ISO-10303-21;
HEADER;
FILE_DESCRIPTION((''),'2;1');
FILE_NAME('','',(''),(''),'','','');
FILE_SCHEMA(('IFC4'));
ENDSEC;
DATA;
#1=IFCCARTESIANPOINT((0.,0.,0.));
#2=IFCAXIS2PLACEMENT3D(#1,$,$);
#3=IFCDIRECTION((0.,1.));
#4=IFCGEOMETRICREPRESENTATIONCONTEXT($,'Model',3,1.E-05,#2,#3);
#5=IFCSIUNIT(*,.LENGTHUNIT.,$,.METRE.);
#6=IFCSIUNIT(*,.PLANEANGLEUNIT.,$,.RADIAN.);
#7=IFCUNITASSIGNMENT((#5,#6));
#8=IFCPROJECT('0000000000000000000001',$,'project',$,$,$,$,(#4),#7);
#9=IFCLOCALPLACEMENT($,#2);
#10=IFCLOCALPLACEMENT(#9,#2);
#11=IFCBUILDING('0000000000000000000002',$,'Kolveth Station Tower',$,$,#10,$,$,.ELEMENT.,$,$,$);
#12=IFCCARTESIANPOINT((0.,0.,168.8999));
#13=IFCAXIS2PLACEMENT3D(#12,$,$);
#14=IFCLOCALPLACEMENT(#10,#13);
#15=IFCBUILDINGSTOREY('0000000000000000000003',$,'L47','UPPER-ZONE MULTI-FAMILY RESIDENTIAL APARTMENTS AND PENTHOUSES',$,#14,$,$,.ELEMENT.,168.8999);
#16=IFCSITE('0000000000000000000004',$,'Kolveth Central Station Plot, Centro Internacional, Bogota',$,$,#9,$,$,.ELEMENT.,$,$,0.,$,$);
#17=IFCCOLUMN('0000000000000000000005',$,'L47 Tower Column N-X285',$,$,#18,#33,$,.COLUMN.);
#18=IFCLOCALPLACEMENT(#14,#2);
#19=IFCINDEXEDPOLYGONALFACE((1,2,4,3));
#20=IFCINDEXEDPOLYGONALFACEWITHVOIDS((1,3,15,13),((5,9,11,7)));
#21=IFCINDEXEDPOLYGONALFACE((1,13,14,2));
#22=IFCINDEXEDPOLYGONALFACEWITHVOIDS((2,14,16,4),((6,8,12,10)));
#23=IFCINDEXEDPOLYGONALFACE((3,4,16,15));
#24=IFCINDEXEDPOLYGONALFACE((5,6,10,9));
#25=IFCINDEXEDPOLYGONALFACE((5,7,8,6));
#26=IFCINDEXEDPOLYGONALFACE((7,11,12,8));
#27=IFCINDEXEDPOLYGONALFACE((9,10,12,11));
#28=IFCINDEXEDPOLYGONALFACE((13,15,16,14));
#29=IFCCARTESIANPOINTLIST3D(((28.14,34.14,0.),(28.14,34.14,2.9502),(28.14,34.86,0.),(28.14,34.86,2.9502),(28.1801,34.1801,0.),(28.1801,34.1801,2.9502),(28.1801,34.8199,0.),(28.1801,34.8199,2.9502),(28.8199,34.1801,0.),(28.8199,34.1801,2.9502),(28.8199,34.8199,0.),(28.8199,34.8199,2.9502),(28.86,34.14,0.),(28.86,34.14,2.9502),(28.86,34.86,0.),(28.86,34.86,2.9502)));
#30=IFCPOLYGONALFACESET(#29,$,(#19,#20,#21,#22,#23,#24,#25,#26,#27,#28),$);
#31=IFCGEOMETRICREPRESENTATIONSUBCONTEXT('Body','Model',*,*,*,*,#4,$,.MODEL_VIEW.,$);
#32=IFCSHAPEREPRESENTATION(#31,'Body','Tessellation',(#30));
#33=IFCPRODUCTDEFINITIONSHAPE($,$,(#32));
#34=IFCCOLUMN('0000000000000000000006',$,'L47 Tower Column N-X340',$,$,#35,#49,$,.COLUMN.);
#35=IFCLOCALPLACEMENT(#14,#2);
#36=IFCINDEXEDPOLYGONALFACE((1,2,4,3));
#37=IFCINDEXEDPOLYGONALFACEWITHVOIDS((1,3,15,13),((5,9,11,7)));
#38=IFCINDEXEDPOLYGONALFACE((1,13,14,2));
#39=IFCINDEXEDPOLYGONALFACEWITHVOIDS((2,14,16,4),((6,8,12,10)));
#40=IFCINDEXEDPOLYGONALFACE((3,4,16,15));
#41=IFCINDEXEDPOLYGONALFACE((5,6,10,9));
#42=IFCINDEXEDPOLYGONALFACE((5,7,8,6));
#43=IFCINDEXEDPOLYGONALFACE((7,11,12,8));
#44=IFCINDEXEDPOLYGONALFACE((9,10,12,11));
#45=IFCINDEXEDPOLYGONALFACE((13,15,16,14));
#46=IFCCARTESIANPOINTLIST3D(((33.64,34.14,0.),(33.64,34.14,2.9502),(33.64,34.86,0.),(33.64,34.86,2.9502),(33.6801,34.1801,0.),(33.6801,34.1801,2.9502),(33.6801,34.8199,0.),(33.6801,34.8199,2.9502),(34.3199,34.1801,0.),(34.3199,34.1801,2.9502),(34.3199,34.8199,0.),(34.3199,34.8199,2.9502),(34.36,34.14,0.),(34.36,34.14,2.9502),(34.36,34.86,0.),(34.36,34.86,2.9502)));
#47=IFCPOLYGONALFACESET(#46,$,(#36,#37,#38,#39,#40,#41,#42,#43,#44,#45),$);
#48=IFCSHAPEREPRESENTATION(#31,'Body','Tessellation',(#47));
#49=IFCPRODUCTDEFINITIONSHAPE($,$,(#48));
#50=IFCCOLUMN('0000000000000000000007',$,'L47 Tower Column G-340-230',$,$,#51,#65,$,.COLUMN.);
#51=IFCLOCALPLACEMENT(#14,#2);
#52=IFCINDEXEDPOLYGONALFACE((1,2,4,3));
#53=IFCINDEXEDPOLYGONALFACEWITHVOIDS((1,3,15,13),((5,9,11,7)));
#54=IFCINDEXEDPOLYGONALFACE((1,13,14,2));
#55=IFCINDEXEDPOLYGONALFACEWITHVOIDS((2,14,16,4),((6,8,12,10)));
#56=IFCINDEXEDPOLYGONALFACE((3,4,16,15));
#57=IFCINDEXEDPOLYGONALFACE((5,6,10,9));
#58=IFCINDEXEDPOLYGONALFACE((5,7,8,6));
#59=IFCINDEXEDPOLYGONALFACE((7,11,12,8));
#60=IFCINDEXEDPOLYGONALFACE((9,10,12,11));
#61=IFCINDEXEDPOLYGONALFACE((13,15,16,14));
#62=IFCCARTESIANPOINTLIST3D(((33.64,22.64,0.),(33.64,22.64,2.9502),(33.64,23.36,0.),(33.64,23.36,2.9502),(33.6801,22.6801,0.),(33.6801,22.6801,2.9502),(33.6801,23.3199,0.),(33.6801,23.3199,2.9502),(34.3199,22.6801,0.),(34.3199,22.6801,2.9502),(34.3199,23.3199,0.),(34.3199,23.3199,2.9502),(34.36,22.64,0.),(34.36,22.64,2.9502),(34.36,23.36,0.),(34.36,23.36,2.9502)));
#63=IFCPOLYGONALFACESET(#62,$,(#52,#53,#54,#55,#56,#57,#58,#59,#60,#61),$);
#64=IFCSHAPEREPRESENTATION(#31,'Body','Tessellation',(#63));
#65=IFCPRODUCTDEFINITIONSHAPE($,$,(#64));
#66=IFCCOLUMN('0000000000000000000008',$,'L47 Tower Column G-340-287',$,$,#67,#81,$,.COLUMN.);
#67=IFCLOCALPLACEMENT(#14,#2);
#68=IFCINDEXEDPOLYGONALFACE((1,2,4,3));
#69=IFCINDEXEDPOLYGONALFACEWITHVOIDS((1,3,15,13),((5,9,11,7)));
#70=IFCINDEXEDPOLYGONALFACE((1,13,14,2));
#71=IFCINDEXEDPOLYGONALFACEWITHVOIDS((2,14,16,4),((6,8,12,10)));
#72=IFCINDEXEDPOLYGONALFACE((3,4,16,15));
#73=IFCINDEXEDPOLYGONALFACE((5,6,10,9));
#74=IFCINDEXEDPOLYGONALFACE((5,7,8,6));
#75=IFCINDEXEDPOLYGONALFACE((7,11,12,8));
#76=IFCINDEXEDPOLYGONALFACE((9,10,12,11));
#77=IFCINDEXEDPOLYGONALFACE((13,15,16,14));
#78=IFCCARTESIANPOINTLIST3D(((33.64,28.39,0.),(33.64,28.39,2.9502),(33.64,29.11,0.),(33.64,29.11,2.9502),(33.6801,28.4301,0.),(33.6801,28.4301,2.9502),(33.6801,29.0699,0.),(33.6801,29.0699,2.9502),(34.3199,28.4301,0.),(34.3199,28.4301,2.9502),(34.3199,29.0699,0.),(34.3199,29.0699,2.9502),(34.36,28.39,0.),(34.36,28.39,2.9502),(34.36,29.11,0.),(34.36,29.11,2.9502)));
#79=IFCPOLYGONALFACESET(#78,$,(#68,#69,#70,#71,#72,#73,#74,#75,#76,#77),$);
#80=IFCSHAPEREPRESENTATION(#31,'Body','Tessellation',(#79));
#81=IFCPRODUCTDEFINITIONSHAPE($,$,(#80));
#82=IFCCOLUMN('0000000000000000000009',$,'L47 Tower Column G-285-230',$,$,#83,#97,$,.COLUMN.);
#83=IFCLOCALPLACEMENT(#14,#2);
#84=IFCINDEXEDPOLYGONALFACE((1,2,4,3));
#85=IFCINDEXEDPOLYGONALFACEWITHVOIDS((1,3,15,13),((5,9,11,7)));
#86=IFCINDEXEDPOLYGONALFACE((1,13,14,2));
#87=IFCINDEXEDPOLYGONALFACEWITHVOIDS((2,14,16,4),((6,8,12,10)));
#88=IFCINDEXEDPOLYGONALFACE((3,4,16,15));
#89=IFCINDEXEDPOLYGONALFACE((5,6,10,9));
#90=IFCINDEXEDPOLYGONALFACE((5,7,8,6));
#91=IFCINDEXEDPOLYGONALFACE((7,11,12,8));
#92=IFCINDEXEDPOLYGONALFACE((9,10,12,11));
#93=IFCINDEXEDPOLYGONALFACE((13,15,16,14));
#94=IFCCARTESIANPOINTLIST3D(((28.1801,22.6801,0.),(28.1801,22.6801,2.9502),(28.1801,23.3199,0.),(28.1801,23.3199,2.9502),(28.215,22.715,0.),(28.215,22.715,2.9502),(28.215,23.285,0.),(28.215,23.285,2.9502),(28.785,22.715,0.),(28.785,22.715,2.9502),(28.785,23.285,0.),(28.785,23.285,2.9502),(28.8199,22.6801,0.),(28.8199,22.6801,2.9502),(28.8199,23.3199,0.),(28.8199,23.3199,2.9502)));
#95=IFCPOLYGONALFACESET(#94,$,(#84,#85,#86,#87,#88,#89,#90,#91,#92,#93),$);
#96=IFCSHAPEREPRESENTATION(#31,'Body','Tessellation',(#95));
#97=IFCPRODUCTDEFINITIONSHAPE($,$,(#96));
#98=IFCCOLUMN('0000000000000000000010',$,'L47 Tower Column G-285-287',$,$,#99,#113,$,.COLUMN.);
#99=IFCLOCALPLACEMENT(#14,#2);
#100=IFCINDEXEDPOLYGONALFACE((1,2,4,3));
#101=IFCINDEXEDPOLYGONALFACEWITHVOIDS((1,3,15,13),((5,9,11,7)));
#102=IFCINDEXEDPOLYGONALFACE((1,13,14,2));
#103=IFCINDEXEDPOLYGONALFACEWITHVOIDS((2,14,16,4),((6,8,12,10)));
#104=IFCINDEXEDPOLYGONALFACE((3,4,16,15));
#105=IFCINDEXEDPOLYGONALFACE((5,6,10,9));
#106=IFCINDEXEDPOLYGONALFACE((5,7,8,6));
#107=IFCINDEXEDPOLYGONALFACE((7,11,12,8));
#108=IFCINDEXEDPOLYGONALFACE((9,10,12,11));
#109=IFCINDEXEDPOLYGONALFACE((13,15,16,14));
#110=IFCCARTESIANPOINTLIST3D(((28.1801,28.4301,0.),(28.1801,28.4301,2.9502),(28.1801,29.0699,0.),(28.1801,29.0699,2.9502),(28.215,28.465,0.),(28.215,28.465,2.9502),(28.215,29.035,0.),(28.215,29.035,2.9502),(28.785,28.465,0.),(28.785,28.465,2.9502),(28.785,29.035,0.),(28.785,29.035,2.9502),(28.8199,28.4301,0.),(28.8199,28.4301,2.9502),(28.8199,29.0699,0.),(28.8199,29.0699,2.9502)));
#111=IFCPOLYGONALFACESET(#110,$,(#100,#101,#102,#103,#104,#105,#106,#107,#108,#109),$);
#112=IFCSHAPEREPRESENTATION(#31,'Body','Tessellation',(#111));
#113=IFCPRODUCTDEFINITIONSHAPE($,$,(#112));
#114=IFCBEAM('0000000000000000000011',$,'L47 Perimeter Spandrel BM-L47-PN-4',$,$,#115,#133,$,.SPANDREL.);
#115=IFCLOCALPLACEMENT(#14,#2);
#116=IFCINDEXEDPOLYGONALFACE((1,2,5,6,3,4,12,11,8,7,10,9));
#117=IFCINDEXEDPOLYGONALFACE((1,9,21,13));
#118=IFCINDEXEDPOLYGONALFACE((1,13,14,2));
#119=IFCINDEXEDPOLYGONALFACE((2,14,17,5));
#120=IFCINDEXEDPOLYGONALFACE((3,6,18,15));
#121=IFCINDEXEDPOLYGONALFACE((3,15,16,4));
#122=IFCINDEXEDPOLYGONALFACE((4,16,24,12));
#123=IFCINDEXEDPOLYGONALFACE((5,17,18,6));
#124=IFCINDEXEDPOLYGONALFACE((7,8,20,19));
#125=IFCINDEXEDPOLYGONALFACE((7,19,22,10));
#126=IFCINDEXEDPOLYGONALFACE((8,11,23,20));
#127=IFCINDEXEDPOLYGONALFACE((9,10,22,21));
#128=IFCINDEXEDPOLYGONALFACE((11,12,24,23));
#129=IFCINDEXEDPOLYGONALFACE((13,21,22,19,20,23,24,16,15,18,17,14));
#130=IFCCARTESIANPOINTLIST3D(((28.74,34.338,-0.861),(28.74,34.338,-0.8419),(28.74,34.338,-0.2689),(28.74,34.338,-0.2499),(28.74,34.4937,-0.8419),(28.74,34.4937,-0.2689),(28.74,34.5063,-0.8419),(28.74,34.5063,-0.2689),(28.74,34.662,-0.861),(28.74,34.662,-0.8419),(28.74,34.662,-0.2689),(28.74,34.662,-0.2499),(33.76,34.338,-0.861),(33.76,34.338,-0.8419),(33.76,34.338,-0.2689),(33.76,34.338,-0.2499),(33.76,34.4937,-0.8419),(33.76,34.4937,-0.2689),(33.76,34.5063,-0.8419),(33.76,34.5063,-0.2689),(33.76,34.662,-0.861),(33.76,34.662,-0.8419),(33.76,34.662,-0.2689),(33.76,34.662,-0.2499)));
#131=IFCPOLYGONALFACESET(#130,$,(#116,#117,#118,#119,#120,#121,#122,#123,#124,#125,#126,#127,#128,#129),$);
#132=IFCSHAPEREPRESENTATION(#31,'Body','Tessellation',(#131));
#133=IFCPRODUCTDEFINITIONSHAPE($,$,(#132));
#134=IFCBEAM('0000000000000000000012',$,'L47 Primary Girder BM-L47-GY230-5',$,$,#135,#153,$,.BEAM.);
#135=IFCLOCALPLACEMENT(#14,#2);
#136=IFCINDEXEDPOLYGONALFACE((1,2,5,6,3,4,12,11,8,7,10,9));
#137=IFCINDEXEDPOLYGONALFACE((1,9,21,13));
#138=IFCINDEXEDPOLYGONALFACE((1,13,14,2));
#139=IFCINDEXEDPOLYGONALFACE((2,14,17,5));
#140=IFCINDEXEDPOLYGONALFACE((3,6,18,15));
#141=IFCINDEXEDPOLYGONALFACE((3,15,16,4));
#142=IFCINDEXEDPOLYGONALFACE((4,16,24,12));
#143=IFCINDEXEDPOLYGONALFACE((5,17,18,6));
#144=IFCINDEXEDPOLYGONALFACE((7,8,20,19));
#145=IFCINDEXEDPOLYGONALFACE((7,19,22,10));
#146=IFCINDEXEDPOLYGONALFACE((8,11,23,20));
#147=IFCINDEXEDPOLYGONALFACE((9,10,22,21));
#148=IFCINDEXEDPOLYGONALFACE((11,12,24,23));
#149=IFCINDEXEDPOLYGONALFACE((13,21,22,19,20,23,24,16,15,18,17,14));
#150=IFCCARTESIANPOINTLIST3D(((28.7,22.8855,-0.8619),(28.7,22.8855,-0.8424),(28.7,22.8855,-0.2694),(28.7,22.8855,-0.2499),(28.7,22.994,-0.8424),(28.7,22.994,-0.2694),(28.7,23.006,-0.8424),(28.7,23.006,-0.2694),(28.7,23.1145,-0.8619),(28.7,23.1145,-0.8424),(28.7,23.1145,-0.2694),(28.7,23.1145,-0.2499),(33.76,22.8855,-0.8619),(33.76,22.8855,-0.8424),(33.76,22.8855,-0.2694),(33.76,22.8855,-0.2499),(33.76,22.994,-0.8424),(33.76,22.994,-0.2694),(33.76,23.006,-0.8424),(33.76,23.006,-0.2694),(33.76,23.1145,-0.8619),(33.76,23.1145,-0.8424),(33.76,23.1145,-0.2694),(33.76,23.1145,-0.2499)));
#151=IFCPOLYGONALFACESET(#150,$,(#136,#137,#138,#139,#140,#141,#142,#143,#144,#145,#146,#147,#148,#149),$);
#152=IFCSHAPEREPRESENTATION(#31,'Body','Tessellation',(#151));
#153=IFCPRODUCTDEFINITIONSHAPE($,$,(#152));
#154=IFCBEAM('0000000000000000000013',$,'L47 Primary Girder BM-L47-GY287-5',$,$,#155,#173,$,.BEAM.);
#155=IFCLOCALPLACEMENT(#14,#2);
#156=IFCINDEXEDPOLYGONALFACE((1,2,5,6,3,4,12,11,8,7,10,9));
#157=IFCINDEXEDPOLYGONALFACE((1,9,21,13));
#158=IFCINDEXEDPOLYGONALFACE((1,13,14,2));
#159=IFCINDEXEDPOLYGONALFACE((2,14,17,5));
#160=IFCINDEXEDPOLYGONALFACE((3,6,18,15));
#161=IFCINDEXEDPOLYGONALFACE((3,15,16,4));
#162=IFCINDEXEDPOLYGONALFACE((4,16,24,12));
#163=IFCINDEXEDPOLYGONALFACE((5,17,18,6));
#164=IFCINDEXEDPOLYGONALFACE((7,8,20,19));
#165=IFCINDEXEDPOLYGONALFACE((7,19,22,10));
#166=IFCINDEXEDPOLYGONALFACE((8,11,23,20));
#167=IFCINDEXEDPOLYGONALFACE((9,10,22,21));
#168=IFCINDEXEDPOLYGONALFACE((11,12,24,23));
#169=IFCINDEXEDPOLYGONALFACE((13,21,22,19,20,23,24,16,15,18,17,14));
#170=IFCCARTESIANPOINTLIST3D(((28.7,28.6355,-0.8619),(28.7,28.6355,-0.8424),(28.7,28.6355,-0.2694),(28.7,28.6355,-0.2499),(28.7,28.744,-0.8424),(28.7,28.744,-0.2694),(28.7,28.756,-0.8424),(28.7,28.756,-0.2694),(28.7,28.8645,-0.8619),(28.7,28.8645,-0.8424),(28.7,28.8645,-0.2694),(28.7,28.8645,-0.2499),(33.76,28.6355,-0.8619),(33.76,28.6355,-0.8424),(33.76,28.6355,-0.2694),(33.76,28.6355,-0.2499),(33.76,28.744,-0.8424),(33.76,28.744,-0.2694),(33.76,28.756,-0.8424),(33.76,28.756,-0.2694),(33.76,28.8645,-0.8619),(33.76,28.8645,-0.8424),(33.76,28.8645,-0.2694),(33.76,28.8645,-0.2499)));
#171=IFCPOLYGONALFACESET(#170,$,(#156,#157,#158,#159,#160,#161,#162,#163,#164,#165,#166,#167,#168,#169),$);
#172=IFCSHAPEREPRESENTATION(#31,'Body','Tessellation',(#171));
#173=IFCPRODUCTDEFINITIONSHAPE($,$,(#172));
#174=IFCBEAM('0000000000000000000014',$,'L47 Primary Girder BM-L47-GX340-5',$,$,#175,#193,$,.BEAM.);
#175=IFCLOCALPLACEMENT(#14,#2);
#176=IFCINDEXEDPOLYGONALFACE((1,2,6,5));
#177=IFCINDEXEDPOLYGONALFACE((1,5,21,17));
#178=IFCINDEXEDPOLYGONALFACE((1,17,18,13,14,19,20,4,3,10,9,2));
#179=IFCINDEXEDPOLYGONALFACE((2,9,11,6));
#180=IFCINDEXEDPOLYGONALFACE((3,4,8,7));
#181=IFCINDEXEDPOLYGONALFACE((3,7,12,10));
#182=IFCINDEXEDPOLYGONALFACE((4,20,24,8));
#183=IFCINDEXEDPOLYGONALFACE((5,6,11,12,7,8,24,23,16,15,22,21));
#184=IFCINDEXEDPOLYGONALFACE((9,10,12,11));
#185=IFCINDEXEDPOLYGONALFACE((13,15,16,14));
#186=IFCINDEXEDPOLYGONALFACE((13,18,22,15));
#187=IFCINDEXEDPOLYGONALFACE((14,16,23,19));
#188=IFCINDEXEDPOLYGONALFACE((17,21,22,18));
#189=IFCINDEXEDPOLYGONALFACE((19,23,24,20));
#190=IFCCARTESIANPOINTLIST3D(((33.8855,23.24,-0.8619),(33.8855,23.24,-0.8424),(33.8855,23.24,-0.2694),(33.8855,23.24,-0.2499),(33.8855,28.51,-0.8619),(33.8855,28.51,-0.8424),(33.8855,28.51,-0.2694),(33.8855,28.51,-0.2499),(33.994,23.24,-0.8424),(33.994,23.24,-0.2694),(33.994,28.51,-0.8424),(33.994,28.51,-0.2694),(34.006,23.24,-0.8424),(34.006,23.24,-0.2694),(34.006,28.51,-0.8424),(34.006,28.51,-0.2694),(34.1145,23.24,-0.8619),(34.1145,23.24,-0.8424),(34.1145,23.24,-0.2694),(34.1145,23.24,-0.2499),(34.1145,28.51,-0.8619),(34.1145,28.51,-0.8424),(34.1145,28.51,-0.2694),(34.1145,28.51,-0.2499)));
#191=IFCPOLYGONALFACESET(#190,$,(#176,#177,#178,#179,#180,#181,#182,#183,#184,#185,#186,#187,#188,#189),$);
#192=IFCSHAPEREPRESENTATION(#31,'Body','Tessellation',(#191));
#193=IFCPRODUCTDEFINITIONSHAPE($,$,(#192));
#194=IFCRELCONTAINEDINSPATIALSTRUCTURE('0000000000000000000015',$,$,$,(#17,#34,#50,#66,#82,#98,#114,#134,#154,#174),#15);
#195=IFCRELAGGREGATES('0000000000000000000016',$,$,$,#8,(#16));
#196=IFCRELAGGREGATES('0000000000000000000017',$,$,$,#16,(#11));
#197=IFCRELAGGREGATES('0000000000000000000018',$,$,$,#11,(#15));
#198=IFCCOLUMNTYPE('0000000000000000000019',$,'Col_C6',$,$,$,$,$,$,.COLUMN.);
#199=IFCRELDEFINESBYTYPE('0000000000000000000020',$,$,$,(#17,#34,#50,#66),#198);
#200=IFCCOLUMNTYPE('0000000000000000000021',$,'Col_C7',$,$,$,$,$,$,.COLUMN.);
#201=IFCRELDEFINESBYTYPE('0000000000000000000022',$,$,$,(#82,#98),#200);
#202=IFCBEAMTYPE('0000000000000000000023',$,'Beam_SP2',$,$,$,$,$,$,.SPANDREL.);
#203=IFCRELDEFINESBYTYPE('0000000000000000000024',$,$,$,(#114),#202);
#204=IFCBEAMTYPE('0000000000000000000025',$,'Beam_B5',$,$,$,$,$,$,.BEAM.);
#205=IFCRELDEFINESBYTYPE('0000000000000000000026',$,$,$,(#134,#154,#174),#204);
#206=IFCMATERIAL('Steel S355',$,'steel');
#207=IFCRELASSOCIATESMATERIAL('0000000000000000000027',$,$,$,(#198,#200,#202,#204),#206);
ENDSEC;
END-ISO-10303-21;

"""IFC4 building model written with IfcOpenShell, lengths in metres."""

from ifc_helpers import new_model, si_unit, direction, frame, origin, origin_2d, place, context, subcontext, project, spatial, hollow_rectangle, i_section, extrude, source, transform, mapped, material, material_profile, profile_set, type_object, element, save


model = new_model("IFC4")

# Units and contexts
model_context = context("Model", 3, precision=1e-05, world=origin(), true_north=direction((0.0, 1.0)))
body_context = subcontext(model_context, "Body", "Model", "MODEL_VIEW")
ifc_project = project(units=[si_unit("LENGTHUNIT", "METRE"), si_unit("PLANEANGLEUNIT", "RADIAN")], contexts=[model_context])

# Site, building, storey
site_placement = place(None, origin())
site = spatial("IfcSite", under=ifc_project, at=site_placement, Name="Kolveth Central Station Plot, Centro Internacional, Bogota", CompositionType="ELEMENT", RefElevation=0.0)
building_placement = place(site_placement, origin())
building = spatial("IfcBuilding", under=site, at=building_placement, Name="Kolveth Station Tower", CompositionType="ELEMENT")
storey_placement = place(building_placement, frame((0.0, 0.0, 168.8999)))
storey = spatial("IfcBuildingStorey", under=building, at=storey_placement, Name="L47", Description="UPPER-ZONE MULTI-FAMILY RESIDENTIAL APARTMENTS AND PENTHOUSES", CompositionType="ELEMENT", Elevation=168.8999)

# Columns
ifc_material_1 = material(Name="Steel S355", Category="steel")
ifc_material_profile_1 = material_profile(ifc_material_1, hollow_rectangle(XDim=0.72, YDim=0.72, WallThickness=0.04, at=origin_2d()), Name="BOX720x720x40")
ifc_profile_set_1 = profile_set([ifc_material_profile_1], Name="Steel S355")
column_type_1 = type_object("IfcColumnType", Name="Col_C6", PredefinedType="COLUMN", material=ifc_profile_set_1)
shared_shape_1 = source(origin(), body_context, "Body", "SweptSolid", [
    extrude(hollow_rectangle(XDim=0.72, YDim=0.72, WallThickness=0.04, at=origin_2d()), origin(), (0.0, 0.0, 1.0), 2.9502),
])
for number, where, z_axis, x_axis, name in (
    (1, (28.5, 34.5, 0.0), (0.0, 0.0, 1.0), (1.0, 0.0, 0.0), "L47 Tower Column N-X285"),
    (2, (34.0, 34.5, 0.0), (0.0, 0.0, 1.0), (1.0, 0.0, 0.0), "L47 Tower Column N-X340"),
    (3, (34.0, 23.0, 0.0), (0.0, 0.0, 1.0), (1.0, 0.0, 0.0), "L47 Tower Column G-340-230"),
    (4, (34.0, 28.75, 0.0), (0.0, 0.0, 1.0), (1.0, 0.0, 0.0), "L47 Tower Column G-340-287"),
):
    element("IfcColumn", number, at=place(storey_placement, frame(where, z_axis=z_axis, x_axis=x_axis)), inside=storey, type_object=column_type_1, Name=name, PredefinedType="COLUMN", context=body_context, shape_type="MappedRepresentation", body=[
        mapped(shared_shape_1, transform((0.0, 0.0, 0.0), x_axis=(1.0, 0.0, 0.0), y_axis=(0.0, 1.0, 0.0), z_axis=(0.0, 0.0, 1.0), scale=1.0)),
    ])
ifc_material_profile_2 = material_profile(ifc_material_1, hollow_rectangle(XDim=0.6399, YDim=0.6399, WallThickness=0.0349, at=origin_2d()), Name="BOX640x640x35")
ifc_profile_set_2 = profile_set([ifc_material_profile_2], Name="Steel S355")
column_type_2 = type_object("IfcColumnType", Name="Col_C7", PredefinedType="COLUMN", material=ifc_profile_set_2)
shared_shape_2 = source(origin(), body_context, "Body", "SweptSolid", [
    extrude(hollow_rectangle(XDim=0.6399, YDim=0.6399, WallThickness=0.0349, at=origin_2d()), origin(), (0.0, 0.0, 1.0), 2.9502),
])
for number, where, z_axis, x_axis, name in (
    (5, (28.5, 23.0, 0.0), (0.0, 0.0, 1.0), (1.0, 0.0, 0.0), "L47 Tower Column G-285-230"),
    (6, (28.5, 28.75, 0.0), (0.0, 0.0, 1.0), (1.0, 0.0, 0.0), "L47 Tower Column G-285-287"),
):
    element("IfcColumn", number, at=place(storey_placement, frame(where, z_axis=z_axis, x_axis=x_axis)), inside=storey, type_object=column_type_2, Name=name, PredefinedType="COLUMN", context=body_context, shape_type="MappedRepresentation", body=[
        mapped(shared_shape_2, transform((0.0, 0.0, 0.0), x_axis=(1.0, 0.0, 0.0), y_axis=(0.0, 1.0, 0.0), z_axis=(0.0, 0.0, 1.0), scale=1.0)),
    ])

# Beams
ifc_material_profile_3 = material_profile(ifc_material_1, i_section(OverallWidth=0.324, OverallDepth=0.6111, WebThickness=0.0127, FlangeThickness=0.019, at=origin_2d()), Name="W610x155")
ifc_profile_set_3 = profile_set([ifc_material_profile_3], Name="Steel S355")
beam_type_1 = type_object("IfcBeamType", Name="Beam_SP2", PredefinedType="SPANDREL", material=ifc_profile_set_3)
shared_shape_3 = source(origin(), body_context, "Body", "SweptSolid", [
    extrude(i_section(OverallWidth=0.324, OverallDepth=0.6111, WebThickness=0.0127, FlangeThickness=0.019, at=origin_2d()), origin(), (0.0, 0.0, 1.0), 5.02),
])
beam_1_placement = place(storey_placement, frame((28.74, 34.5, -0.5554), z_axis=(1.0, 0.0, 0.0), x_axis=(0.0, 1.0, 0.0)))
element("IfcBeam", 7, at=beam_1_placement, inside=storey, type_object=beam_type_1, Name="L47 Perimeter Spandrel BM-L47-PN-4", PredefinedType="SPANDREL", context=body_context, shape_type="MappedRepresentation", body=[
    mapped(shared_shape_3, transform((0.0, 0.0, 0.0), x_axis=(1.0, 0.0, 0.0), y_axis=(0.0, 1.0, 0.0), z_axis=(0.0, 0.0, 1.0), scale=1.0)),
])
ifc_material_profile_4 = material_profile(ifc_material_1, i_section(OverallWidth=0.229, OverallDepth=0.6121, WebThickness=0.012, FlangeThickness=0.0195, at=origin_2d()), Name="W610x125")
ifc_profile_set_4 = profile_set([ifc_material_profile_4], Name="Steel S355")
beam_type_2 = type_object("IfcBeamType", Name="Beam_B5", PredefinedType="BEAM", material=ifc_profile_set_4)
shared_shape_4 = source(origin(), body_context, "Body", "SweptSolid", [
    extrude(i_section(OverallWidth=0.229, OverallDepth=0.6121, WebThickness=0.012, FlangeThickness=0.0195, at=origin_2d()), origin(), (0.0, 0.0, 1.0), 5.0601),
])
for number, where, z_axis, x_axis, name in (
    (8, (28.7, 23.0, -0.5559), (1.0, 0.0, 0.0), (0.0, 1.0, 0.0), "L47 Primary Girder BM-L47-GY230-5"),
    (9, (28.7, 28.75, -0.5559), (1.0, 0.0, 0.0), (0.0, 1.0, 0.0), "L47 Primary Girder BM-L47-GY287-5"),
):
    element("IfcBeam", number, at=place(storey_placement, frame(where, z_axis=z_axis, x_axis=x_axis)), inside=storey, type_object=beam_type_2, Name=name, PredefinedType="BEAM", context=body_context, shape_type="MappedRepresentation", body=[
        mapped(shared_shape_4, transform((0.0, 0.0, 0.0), x_axis=(1.0, 0.0, 0.0), y_axis=(0.0, 1.0, 0.0), z_axis=(0.0, 0.0, 1.0), scale=1.0)),
    ])
shared_shape_5 = source(origin(), body_context, "Body", "SweptSolid", [
    extrude(i_section(OverallWidth=0.229, OverallDepth=0.6121, WebThickness=0.012, FlangeThickness=0.0195, at=origin_2d()), origin(), (0.0, 0.0, 1.0), 5.27),
])
for number, where, z_axis, x_axis, name in (
    (10, (34.0, 23.24, -0.5559), (0.0, 1.0, 0.0), (-1.0, 0.0, 0.0), "L47 Primary Girder BM-L47-GX340-5"),
):
    element("IfcBeam", number, at=place(storey_placement, frame(where, z_axis=z_axis, x_axis=x_axis)), inside=storey, type_object=beam_type_2, Name=name, PredefinedType="BEAM", context=body_context, shape_type="MappedRepresentation", body=[
        mapped(shared_shape_5, transform((0.0, 0.0, 0.0), x_axis=(1.0, 0.0, 0.0), y_axis=(0.0, 1.0, 0.0), z_axis=(0.0, 0.0, 1.0), scale=1.0)),
    ])

save(model, "model.ifc")
